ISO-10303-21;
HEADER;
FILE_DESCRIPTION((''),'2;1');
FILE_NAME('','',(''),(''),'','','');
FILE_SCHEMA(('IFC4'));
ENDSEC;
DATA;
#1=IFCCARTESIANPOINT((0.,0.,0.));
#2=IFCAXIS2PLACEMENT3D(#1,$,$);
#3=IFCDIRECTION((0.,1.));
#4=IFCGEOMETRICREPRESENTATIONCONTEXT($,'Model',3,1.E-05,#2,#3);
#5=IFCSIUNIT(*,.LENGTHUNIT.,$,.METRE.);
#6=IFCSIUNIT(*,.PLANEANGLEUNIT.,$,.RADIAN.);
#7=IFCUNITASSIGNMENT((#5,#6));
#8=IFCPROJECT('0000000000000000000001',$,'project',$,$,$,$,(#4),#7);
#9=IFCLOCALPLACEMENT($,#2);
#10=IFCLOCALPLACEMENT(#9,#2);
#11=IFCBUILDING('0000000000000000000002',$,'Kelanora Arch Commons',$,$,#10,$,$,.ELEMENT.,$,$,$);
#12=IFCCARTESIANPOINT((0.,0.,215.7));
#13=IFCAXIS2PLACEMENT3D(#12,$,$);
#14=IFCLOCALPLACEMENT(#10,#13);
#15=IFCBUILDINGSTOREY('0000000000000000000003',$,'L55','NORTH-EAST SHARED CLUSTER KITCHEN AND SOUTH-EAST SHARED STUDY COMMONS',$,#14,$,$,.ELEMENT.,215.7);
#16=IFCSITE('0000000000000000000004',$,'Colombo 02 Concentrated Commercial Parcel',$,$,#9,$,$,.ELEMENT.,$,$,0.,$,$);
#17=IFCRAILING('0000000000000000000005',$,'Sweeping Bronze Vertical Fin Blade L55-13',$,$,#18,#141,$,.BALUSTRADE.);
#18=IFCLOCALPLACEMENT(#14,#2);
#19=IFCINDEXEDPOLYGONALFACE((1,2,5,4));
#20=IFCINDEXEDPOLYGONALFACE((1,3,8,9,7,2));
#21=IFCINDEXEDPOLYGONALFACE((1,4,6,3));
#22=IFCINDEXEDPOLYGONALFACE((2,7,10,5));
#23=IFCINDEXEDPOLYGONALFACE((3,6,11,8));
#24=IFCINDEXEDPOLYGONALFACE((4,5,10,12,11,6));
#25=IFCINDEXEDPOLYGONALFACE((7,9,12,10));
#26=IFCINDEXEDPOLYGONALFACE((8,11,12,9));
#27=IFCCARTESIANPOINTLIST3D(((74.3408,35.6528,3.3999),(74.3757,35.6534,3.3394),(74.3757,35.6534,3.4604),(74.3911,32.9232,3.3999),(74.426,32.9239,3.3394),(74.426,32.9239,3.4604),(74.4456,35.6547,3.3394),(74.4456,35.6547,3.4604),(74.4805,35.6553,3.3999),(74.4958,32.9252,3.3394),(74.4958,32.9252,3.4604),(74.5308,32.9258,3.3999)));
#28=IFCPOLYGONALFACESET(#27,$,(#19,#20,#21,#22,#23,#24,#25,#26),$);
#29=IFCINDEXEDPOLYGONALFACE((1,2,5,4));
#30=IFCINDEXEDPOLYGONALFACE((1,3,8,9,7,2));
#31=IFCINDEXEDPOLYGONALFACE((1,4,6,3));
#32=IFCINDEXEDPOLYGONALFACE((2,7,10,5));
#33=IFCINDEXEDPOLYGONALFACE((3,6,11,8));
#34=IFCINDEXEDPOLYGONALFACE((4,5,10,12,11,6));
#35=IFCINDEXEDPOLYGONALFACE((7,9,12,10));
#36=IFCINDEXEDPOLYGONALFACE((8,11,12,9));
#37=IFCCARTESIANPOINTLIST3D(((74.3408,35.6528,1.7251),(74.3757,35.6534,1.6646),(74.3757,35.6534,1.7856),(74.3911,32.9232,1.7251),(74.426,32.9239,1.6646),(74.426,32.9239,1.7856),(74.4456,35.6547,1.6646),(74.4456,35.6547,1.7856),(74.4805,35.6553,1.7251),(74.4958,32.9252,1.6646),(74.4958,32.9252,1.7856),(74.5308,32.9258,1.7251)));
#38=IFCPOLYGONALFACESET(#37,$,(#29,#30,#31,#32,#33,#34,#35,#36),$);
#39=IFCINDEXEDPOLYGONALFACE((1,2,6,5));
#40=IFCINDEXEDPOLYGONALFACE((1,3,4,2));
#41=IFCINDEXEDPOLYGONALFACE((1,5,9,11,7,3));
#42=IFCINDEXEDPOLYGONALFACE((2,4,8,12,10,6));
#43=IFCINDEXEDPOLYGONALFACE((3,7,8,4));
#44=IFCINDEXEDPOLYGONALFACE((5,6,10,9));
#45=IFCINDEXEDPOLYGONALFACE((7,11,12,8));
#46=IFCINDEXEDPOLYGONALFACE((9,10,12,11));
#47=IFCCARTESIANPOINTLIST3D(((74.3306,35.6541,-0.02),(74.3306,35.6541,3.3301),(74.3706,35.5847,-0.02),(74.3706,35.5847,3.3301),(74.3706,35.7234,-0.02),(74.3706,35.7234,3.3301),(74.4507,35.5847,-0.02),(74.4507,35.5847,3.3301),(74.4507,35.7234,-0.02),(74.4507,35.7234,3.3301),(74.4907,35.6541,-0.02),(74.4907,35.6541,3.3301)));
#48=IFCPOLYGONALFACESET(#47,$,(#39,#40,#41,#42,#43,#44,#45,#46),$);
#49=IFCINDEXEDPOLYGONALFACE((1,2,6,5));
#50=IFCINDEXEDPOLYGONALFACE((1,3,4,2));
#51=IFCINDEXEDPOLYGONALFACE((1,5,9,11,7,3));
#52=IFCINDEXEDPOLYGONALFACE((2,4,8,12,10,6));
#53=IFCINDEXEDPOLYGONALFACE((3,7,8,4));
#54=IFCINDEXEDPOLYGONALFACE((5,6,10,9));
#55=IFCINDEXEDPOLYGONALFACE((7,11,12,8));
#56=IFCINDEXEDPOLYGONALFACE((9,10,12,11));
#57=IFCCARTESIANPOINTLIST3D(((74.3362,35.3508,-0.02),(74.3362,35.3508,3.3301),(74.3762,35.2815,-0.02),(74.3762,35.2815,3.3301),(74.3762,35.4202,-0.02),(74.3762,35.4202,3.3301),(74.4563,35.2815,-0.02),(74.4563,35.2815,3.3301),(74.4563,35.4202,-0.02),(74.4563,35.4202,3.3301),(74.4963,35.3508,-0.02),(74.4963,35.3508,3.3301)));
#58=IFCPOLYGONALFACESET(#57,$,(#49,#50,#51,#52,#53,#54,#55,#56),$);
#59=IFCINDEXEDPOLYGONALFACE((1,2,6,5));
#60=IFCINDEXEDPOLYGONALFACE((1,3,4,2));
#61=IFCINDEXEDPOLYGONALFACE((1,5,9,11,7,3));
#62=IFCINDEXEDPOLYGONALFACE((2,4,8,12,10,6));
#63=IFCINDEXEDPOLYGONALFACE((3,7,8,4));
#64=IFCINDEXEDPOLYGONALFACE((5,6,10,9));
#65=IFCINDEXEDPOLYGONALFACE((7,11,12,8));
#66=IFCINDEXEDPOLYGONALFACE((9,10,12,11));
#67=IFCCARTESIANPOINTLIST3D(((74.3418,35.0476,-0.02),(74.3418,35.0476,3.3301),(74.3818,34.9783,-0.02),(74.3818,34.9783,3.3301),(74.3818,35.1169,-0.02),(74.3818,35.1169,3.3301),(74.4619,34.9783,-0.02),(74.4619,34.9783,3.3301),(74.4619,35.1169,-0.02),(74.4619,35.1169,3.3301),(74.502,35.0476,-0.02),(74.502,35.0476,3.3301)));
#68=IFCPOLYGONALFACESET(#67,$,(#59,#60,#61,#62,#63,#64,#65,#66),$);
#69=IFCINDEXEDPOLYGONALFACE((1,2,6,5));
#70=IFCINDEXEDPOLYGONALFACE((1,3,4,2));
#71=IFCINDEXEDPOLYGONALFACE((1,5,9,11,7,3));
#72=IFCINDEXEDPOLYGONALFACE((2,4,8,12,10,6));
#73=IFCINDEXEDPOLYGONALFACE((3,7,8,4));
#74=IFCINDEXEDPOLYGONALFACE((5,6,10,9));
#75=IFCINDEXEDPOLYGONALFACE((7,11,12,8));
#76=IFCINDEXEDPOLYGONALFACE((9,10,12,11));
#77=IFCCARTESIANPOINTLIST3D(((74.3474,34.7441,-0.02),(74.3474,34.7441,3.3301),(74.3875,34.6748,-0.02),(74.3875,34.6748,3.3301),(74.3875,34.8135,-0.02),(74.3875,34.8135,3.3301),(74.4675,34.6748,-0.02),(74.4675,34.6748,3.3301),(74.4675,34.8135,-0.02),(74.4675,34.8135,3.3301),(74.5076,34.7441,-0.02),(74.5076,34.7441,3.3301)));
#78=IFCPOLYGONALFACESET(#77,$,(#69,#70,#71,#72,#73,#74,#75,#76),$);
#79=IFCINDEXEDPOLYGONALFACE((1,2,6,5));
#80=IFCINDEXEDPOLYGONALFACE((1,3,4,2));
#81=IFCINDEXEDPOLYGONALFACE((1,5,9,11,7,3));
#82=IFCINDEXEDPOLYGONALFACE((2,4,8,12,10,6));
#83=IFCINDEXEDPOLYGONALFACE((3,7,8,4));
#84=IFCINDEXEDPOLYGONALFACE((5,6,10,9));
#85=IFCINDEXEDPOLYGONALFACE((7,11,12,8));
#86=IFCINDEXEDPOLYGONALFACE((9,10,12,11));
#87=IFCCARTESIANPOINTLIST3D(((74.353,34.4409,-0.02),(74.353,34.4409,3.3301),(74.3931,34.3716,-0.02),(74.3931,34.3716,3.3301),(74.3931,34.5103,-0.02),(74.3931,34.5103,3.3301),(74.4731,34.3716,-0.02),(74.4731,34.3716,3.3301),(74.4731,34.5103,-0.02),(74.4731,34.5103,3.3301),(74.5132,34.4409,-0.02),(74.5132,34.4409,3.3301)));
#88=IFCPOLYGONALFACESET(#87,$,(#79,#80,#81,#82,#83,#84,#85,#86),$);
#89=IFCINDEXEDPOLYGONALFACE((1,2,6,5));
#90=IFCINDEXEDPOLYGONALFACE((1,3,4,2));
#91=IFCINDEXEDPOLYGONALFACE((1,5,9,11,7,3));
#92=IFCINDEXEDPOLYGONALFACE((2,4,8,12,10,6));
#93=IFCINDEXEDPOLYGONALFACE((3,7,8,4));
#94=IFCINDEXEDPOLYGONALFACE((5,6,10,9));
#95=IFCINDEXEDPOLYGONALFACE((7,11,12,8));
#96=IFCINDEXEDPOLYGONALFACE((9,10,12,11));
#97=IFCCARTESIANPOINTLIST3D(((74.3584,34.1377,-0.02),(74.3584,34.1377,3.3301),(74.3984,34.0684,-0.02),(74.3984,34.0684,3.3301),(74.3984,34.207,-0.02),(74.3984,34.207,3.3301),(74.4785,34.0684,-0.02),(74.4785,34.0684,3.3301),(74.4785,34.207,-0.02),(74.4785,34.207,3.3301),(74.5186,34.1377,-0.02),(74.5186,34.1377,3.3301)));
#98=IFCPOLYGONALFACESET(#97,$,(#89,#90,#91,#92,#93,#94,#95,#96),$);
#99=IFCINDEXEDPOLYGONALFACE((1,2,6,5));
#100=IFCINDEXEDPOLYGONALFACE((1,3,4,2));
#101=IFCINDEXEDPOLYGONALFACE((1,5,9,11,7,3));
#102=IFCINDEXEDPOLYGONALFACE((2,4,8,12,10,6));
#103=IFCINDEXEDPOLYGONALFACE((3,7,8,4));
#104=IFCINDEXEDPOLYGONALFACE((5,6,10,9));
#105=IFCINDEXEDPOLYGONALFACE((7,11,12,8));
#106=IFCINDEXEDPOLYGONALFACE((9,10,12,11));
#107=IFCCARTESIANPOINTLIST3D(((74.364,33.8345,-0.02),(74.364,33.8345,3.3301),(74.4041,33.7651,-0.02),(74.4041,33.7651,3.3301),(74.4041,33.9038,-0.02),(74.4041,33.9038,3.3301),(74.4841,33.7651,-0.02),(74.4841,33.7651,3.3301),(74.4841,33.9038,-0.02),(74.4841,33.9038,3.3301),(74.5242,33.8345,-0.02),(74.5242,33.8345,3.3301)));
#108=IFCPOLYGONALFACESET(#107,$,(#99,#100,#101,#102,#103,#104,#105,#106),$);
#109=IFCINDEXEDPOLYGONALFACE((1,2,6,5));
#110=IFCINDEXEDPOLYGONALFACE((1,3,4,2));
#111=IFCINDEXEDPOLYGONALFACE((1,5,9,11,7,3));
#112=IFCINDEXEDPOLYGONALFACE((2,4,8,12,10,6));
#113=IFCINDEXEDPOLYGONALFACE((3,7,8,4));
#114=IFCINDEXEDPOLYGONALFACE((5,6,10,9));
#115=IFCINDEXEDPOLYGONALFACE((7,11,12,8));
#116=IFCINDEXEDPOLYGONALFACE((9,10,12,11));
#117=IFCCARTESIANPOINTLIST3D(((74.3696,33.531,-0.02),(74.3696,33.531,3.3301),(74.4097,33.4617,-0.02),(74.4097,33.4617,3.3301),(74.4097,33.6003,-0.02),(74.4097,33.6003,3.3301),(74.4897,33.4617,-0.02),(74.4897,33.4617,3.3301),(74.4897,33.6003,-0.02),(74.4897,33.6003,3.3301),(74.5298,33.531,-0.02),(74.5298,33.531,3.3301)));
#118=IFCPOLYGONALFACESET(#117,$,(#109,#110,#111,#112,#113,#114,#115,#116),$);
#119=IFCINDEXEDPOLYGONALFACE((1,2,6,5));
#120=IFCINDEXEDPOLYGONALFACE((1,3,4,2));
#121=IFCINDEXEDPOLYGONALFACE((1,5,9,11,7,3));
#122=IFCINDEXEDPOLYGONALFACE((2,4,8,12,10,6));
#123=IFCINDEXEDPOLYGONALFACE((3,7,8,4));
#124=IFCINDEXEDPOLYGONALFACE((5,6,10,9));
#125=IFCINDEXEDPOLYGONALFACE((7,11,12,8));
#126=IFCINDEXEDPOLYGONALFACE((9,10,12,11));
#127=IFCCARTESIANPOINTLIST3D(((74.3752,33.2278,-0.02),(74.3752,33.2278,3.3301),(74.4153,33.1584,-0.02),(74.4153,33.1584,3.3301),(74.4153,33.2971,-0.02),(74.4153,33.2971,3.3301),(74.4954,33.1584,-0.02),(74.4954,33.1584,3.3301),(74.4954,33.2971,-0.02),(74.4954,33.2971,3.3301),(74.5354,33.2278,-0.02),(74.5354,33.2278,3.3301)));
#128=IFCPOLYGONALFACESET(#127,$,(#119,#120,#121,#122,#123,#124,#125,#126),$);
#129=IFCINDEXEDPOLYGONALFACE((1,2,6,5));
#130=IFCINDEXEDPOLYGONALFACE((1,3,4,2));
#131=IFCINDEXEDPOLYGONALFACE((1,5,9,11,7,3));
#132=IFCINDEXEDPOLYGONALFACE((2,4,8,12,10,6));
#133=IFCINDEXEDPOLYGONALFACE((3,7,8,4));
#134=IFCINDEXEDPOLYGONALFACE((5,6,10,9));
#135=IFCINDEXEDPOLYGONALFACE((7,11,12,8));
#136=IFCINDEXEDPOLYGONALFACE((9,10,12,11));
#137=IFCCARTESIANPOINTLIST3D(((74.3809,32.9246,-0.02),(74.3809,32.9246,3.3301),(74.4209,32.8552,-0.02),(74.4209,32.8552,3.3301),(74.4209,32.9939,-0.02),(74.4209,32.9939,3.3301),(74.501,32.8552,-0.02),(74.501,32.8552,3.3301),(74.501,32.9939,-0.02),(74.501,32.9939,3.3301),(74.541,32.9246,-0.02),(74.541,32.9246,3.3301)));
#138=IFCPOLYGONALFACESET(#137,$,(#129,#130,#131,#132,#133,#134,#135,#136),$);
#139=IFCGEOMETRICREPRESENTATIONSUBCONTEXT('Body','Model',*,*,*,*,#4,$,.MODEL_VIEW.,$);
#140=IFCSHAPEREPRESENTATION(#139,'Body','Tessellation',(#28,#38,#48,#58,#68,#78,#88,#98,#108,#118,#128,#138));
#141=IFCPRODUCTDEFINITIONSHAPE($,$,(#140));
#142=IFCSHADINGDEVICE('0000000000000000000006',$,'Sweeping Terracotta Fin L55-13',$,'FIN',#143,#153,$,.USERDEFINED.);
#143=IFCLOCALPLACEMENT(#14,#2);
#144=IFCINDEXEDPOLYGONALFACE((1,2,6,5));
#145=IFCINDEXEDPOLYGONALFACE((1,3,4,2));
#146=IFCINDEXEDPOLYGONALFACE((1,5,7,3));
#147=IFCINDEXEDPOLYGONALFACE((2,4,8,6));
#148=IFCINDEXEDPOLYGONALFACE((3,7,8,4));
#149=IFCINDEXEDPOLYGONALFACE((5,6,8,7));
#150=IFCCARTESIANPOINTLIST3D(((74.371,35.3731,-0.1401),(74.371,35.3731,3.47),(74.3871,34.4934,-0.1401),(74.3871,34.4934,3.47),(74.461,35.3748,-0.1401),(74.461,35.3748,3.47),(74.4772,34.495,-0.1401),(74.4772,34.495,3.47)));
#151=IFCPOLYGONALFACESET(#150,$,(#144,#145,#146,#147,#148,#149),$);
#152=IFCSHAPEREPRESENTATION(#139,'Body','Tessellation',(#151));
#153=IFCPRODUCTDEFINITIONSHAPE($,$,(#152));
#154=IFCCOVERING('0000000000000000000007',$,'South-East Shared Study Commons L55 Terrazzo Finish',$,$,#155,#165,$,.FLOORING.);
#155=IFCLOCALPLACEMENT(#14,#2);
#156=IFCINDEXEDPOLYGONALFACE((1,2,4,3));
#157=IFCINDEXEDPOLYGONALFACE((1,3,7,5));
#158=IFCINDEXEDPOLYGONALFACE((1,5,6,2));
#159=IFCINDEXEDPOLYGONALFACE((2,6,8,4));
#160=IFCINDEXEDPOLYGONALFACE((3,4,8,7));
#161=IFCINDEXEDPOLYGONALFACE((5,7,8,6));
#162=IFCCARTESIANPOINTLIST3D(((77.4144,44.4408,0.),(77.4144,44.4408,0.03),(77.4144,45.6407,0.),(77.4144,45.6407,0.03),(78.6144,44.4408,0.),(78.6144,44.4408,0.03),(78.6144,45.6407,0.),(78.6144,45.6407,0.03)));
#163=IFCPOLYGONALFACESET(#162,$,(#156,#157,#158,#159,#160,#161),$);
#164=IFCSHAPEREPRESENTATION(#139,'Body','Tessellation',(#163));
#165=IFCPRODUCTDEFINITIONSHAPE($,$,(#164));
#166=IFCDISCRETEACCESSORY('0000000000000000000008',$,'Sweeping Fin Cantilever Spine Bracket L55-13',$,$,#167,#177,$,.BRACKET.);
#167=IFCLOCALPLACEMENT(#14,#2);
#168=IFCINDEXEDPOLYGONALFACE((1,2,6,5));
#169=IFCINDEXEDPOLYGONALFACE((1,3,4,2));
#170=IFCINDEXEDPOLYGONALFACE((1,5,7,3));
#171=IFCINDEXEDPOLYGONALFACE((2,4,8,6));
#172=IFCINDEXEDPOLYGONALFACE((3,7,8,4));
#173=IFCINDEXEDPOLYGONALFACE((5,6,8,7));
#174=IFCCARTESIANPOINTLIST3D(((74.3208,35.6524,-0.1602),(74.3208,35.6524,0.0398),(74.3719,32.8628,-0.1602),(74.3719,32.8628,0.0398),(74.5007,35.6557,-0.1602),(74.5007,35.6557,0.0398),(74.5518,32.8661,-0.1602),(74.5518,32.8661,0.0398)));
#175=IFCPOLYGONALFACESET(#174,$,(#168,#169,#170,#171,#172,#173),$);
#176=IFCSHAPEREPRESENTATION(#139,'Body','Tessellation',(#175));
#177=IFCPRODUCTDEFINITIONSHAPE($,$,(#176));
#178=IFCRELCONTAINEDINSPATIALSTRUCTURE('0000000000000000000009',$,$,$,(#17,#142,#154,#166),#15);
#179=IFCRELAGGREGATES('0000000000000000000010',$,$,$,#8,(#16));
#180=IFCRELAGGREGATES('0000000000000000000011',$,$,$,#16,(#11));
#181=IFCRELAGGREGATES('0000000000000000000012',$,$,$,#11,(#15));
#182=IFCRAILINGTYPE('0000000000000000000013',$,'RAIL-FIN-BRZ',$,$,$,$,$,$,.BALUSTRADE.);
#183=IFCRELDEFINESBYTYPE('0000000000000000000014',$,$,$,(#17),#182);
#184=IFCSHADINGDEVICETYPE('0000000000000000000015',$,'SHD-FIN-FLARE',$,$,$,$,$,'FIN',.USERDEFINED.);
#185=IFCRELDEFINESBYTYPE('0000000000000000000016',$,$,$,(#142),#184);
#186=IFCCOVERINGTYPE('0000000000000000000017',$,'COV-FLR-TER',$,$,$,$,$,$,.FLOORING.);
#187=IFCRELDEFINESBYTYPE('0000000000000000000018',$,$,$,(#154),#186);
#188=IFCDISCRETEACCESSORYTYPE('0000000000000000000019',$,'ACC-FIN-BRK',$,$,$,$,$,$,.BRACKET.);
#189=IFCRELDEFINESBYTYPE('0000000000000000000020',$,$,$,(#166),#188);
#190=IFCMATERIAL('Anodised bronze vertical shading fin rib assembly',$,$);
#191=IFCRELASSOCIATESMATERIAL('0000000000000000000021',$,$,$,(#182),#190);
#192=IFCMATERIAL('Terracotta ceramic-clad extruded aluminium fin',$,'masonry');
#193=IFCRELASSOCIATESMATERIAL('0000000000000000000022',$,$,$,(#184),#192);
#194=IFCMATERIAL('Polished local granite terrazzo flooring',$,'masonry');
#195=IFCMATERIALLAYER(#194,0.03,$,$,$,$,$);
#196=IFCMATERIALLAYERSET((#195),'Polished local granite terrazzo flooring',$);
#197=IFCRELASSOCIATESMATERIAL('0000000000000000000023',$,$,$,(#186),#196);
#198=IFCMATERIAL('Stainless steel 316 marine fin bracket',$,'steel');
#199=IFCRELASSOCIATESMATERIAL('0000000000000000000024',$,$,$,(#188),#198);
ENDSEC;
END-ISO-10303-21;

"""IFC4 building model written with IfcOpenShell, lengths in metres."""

from ifc_helpers import new_model, si_unit, direction, frame, origin, origin_2d, place, context, subcontext, project, spatial, polyline, rectangle, outline, extrude, source, transform, mapped, material, layer, layer_set, type_object, element, save


model = new_model("IFC4")

# Units and contexts
model_context = context("Model", 3, precision=1e-05, world=origin(), true_north=direction((0.0, 1.0)))
body_context = subcontext(model_context, "Body", "Model", "MODEL_VIEW")
ifc_project = project(units=[si_unit("LENGTHUNIT", "METRE"), si_unit("PLANEANGLEUNIT", "RADIAN")], contexts=[model_context])

# Site, building, storey
site_placement = place(None, origin())
site = spatial("IfcSite", under=ifc_project, at=site_placement, Name="Colombo 02 Concentrated Commercial Parcel", CompositionType="ELEMENT", RefElevation=0.0)
building_placement = place(site_placement, origin())
building = spatial("IfcBuilding", under=site, at=building_placement, Name="Kelanora Arch Commons", CompositionType="ELEMENT")
storey_placement = place(building_placement, frame((0.0, 0.0, 215.7)))
storey = spatial("IfcBuildingStorey", under=building, at=storey_placement, Name="L55", Description="NORTH-EAST SHARED CLUSTER KITCHEN AND SOUTH-EAST SHARED STUDY COMMONS", CompositionType="ELEMENT", Elevation=215.7)

# Railing
ifc_material_1 = material(Name="Anodised bronze vertical shading fin rib assembly")
railing_type = type_object("IfcRailingType", Name="RAIL-FIN-BRZ", PredefinedType="BALUSTRADE", material=ifc_material_1)
railing_placement = place(storey_placement, frame((74.4106, 35.6541, -0.02)))
element("IfcRailing", 1, at=railing_placement, inside=storey, type_object=railing_type, Name="Sweeping Bronze Vertical Fin Blade L55-13", PredefinedType="BALUSTRADE", context=body_context, shape_type="SweptSolid", body=[
    extrude(outline(polyline([(0.0698, 0.0), (0.0349, 0.0605), (-0.0349, 0.0605), (-0.0698, 0.0), (-0.0349, -0.0605), (0.0349, -0.0605), (0.0698, 0.0)])), frame((0.0, 0.0, 3.4199), z_axis=(0.018423, -0.99983, 0.0), x_axis=(0.99983, 0.018423, 0.0)), (0.0, 0.0, 1.0), 2.73),
    extrude(outline(polyline([(0.0698, 0.0), (0.0349, 0.0605), (-0.0349, 0.0605), (-0.0698, 0.0), (-0.0349, -0.0605), (0.0349, -0.0605), (0.0698, 0.0)])), frame((0.0, 0.0, 1.7451), z_axis=(0.018423, -0.99983, 0.0), x_axis=(0.99983, 0.018423, 0.0)), (0.0, 0.0, 1.0), 2.73),
    extrude(outline(polyline([(0.0801, 0.0), (0.04, 0.0693), (-0.04, 0.0693), (-0.0801, 0.0), (-0.04, -0.0693), (0.04, -0.0693), (0.0801, 0.0)])), origin(), (0.0, 0.0, 1.0), 3.3501),
    extrude(outline(polyline([(0.0801, 0.0), (0.04, 0.0693), (-0.04, 0.0693), (-0.0801, 0.0), (-0.04, -0.0693), (0.04, -0.0693), (0.0801, 0.0)])), frame((0.0056, -0.3032, 0.0)), (0.0, 0.0, 1.0), 3.3501),
    extrude(outline(polyline([(0.0801, 0.0), (0.04, 0.0693), (-0.04, 0.0693), (-0.0801, 0.0), (-0.04, -0.0693), (0.04, -0.0693), (0.0801, 0.0)])), frame((0.0112, -0.6064, 0.0)), (0.0, 0.0, 1.0), 3.3501),
    extrude(outline(polyline([(0.0801, 0.0), (0.04, 0.0693), (-0.04, 0.0693), (-0.0801, 0.0), (-0.04, -0.0693), (0.04, -0.0693), (0.0801, 0.0)])), frame((0.0168, -0.9099, 0.0)), (0.0, 0.0, 1.0), 3.3501),
    extrude(outline(polyline([(0.0801, 0.0), (0.04, 0.0693), (-0.04, 0.0693), (-0.0801, 0.0), (-0.04, -0.0693), (0.04, -0.0693), (0.0801, 0.0)])), frame((0.0225, -1.2131, 0.0)), (0.0, 0.0, 1.0), 3.3501),
    extrude(outline(polyline([(0.0801, 0.0), (0.04, 0.0693), (-0.04, 0.0693), (-0.0801, 0.0), (-0.04, -0.0693), (0.04, -0.0693), (0.0801, 0.0)])), frame((0.0278, -1.5164, 0.0)), (0.0, 0.0, 1.0), 3.3501),
    extrude(outline(polyline([(0.0801, 0.0), (0.04, 0.0693), (-0.04, 0.0693), (-0.0801, 0.0), (-0.04, -0.0693), (0.04, -0.0693), (0.0801, 0.0)])), frame((0.0334, -1.8196, 0.0)), (0.0, 0.0, 1.0), 3.3501),
    extrude(outline(polyline([(0.0801, 0.0), (0.04, 0.0693), (-0.04, 0.0693), (-0.0801, 0.0), (-0.04, -0.0693), (0.04, -0.0693), (0.0801, 0.0)])), frame((0.0391, -2.123, 0.0)), (0.0, 0.0, 1.0), 3.3501),
    extrude(outline(polyline([(0.0801, 0.0), (0.04, 0.0693), (-0.04, 0.0693), (-0.0801, 0.0), (-0.04, -0.0693), (0.04, -0.0693), (0.0801, 0.0)])), frame((0.0447, -2.4263, 0.0)), (0.0, 0.0, 1.0), 3.3501),
    extrude(outline(polyline([(0.0801, 0.0), (0.04, 0.0693), (-0.04, 0.0693), (-0.0801, 0.0), (-0.04, -0.0693), (0.04, -0.0693), (0.0801, 0.0)])), frame((0.0503, -2.7295, 0.0)), (0.0, 0.0, 1.0), 3.3501),
])

# Shading device
ifc_material_2 = material(Name="Terracotta ceramic-clad extruded aluminium fin", Category="masonry")
shading_device_type = type_object("IfcShadingDeviceType", Name="SHD-FIN-FLARE", ElementType="FIN", PredefinedType="USERDEFINED", material=ifc_material_2)
shared_shape_1 = source(origin(), body_context, "Body", "SweptSolid", [
    extrude(rectangle(XDim=0.8799, YDim=0.0901, at=origin_2d()), origin(), (0.0, 0.0, 1.0), 3.6101),
])
shading_device_placement = place(storey_placement, frame((74.4241, 34.9341, -0.1401), z_axis=(0.0, 0.0, 1.0), x_axis=(0.018325, -0.999832, 0.0)))
element("IfcShadingDevice", 2, at=shading_device_placement, inside=storey, type_object=shading_device_type, Name="Sweeping Terracotta Fin L55-13", ObjectType="FIN", PredefinedType="USERDEFINED", context=body_context, shape_type="MappedRepresentation", body=[
    mapped(shared_shape_1, transform((0.0, 0.0, 0.0), scale=1.0)),
])

# Covering
ifc_material_3 = material(Name="Polished local granite terrazzo flooring", Category="masonry")
ifc_layer_1 = layer(ifc_material_3, 0.03)
ifc_layer_set_1 = layer_set([ifc_layer_1], Name="Polished local granite terrazzo flooring")
covering_type = type_object("IfcCoveringType", Name="COV-FLR-TER", PredefinedType="FLOORING", material=ifc_layer_set_1)
shared_shape_2 = source(origin(), body_context, "Body", "SweptSolid", [
    extrude(rectangle(XDim=1.2, YDim=1.2, at=origin_2d()), origin(), (0.0, 0.0, 1.0), 0.03),
])
covering_placement = place(storey_placement, frame((78.0144, 45.0408, 0.0), z_axis=(0.0, 0.0, 1.0), x_axis=(1.0, 0.0, 0.0)))
element("IfcCovering", 3, at=covering_placement, inside=storey, type_object=covering_type, Name="South-East Shared Study Commons L55 Terrazzo Finish", PredefinedType="FLOORING", context=body_context, shape_type="MappedRepresentation", body=[
    mapped(shared_shape_2, transform((0.0, 0.0, 0.0), scale=1.0)),
])

# Discrete accessory
ifc_material_4 = material(Name="Stainless steel 316 marine fin bracket", Category="steel")
discrete_accessory_type = type_object("IfcDiscreteAccessoryType", Name="ACC-FIN-BRK", PredefinedType="BRACKET", material=ifc_material_4)
shared_shape_3 = source(origin(), body_context, "Body", "SweptSolid", [
    extrude(rectangle(XDim=2.79, YDim=0.1799, at=origin_2d()), origin(), (0.0, 0.0, 1.0), 0.2),
])
discrete_accessory_placement = place(storey_placement, frame((74.4363, 34.2593, -0.1602), z_axis=(0.0, 0.0, 1.0), x_axis=(0.018325, -0.999832, 0.0)))
element("IfcDiscreteAccessory", 4, at=discrete_accessory_placement, inside=storey, type_object=discrete_accessory_type, Name="Sweeping Fin Cantilever Spine Bracket L55-13", PredefinedType="BRACKET", context=body_context, shape_type="MappedRepresentation", body=[
    mapped(shared_shape_3, transform((0.0, 0.0, 0.0), scale=1.0)),
])

save(model, "model.ifc")
